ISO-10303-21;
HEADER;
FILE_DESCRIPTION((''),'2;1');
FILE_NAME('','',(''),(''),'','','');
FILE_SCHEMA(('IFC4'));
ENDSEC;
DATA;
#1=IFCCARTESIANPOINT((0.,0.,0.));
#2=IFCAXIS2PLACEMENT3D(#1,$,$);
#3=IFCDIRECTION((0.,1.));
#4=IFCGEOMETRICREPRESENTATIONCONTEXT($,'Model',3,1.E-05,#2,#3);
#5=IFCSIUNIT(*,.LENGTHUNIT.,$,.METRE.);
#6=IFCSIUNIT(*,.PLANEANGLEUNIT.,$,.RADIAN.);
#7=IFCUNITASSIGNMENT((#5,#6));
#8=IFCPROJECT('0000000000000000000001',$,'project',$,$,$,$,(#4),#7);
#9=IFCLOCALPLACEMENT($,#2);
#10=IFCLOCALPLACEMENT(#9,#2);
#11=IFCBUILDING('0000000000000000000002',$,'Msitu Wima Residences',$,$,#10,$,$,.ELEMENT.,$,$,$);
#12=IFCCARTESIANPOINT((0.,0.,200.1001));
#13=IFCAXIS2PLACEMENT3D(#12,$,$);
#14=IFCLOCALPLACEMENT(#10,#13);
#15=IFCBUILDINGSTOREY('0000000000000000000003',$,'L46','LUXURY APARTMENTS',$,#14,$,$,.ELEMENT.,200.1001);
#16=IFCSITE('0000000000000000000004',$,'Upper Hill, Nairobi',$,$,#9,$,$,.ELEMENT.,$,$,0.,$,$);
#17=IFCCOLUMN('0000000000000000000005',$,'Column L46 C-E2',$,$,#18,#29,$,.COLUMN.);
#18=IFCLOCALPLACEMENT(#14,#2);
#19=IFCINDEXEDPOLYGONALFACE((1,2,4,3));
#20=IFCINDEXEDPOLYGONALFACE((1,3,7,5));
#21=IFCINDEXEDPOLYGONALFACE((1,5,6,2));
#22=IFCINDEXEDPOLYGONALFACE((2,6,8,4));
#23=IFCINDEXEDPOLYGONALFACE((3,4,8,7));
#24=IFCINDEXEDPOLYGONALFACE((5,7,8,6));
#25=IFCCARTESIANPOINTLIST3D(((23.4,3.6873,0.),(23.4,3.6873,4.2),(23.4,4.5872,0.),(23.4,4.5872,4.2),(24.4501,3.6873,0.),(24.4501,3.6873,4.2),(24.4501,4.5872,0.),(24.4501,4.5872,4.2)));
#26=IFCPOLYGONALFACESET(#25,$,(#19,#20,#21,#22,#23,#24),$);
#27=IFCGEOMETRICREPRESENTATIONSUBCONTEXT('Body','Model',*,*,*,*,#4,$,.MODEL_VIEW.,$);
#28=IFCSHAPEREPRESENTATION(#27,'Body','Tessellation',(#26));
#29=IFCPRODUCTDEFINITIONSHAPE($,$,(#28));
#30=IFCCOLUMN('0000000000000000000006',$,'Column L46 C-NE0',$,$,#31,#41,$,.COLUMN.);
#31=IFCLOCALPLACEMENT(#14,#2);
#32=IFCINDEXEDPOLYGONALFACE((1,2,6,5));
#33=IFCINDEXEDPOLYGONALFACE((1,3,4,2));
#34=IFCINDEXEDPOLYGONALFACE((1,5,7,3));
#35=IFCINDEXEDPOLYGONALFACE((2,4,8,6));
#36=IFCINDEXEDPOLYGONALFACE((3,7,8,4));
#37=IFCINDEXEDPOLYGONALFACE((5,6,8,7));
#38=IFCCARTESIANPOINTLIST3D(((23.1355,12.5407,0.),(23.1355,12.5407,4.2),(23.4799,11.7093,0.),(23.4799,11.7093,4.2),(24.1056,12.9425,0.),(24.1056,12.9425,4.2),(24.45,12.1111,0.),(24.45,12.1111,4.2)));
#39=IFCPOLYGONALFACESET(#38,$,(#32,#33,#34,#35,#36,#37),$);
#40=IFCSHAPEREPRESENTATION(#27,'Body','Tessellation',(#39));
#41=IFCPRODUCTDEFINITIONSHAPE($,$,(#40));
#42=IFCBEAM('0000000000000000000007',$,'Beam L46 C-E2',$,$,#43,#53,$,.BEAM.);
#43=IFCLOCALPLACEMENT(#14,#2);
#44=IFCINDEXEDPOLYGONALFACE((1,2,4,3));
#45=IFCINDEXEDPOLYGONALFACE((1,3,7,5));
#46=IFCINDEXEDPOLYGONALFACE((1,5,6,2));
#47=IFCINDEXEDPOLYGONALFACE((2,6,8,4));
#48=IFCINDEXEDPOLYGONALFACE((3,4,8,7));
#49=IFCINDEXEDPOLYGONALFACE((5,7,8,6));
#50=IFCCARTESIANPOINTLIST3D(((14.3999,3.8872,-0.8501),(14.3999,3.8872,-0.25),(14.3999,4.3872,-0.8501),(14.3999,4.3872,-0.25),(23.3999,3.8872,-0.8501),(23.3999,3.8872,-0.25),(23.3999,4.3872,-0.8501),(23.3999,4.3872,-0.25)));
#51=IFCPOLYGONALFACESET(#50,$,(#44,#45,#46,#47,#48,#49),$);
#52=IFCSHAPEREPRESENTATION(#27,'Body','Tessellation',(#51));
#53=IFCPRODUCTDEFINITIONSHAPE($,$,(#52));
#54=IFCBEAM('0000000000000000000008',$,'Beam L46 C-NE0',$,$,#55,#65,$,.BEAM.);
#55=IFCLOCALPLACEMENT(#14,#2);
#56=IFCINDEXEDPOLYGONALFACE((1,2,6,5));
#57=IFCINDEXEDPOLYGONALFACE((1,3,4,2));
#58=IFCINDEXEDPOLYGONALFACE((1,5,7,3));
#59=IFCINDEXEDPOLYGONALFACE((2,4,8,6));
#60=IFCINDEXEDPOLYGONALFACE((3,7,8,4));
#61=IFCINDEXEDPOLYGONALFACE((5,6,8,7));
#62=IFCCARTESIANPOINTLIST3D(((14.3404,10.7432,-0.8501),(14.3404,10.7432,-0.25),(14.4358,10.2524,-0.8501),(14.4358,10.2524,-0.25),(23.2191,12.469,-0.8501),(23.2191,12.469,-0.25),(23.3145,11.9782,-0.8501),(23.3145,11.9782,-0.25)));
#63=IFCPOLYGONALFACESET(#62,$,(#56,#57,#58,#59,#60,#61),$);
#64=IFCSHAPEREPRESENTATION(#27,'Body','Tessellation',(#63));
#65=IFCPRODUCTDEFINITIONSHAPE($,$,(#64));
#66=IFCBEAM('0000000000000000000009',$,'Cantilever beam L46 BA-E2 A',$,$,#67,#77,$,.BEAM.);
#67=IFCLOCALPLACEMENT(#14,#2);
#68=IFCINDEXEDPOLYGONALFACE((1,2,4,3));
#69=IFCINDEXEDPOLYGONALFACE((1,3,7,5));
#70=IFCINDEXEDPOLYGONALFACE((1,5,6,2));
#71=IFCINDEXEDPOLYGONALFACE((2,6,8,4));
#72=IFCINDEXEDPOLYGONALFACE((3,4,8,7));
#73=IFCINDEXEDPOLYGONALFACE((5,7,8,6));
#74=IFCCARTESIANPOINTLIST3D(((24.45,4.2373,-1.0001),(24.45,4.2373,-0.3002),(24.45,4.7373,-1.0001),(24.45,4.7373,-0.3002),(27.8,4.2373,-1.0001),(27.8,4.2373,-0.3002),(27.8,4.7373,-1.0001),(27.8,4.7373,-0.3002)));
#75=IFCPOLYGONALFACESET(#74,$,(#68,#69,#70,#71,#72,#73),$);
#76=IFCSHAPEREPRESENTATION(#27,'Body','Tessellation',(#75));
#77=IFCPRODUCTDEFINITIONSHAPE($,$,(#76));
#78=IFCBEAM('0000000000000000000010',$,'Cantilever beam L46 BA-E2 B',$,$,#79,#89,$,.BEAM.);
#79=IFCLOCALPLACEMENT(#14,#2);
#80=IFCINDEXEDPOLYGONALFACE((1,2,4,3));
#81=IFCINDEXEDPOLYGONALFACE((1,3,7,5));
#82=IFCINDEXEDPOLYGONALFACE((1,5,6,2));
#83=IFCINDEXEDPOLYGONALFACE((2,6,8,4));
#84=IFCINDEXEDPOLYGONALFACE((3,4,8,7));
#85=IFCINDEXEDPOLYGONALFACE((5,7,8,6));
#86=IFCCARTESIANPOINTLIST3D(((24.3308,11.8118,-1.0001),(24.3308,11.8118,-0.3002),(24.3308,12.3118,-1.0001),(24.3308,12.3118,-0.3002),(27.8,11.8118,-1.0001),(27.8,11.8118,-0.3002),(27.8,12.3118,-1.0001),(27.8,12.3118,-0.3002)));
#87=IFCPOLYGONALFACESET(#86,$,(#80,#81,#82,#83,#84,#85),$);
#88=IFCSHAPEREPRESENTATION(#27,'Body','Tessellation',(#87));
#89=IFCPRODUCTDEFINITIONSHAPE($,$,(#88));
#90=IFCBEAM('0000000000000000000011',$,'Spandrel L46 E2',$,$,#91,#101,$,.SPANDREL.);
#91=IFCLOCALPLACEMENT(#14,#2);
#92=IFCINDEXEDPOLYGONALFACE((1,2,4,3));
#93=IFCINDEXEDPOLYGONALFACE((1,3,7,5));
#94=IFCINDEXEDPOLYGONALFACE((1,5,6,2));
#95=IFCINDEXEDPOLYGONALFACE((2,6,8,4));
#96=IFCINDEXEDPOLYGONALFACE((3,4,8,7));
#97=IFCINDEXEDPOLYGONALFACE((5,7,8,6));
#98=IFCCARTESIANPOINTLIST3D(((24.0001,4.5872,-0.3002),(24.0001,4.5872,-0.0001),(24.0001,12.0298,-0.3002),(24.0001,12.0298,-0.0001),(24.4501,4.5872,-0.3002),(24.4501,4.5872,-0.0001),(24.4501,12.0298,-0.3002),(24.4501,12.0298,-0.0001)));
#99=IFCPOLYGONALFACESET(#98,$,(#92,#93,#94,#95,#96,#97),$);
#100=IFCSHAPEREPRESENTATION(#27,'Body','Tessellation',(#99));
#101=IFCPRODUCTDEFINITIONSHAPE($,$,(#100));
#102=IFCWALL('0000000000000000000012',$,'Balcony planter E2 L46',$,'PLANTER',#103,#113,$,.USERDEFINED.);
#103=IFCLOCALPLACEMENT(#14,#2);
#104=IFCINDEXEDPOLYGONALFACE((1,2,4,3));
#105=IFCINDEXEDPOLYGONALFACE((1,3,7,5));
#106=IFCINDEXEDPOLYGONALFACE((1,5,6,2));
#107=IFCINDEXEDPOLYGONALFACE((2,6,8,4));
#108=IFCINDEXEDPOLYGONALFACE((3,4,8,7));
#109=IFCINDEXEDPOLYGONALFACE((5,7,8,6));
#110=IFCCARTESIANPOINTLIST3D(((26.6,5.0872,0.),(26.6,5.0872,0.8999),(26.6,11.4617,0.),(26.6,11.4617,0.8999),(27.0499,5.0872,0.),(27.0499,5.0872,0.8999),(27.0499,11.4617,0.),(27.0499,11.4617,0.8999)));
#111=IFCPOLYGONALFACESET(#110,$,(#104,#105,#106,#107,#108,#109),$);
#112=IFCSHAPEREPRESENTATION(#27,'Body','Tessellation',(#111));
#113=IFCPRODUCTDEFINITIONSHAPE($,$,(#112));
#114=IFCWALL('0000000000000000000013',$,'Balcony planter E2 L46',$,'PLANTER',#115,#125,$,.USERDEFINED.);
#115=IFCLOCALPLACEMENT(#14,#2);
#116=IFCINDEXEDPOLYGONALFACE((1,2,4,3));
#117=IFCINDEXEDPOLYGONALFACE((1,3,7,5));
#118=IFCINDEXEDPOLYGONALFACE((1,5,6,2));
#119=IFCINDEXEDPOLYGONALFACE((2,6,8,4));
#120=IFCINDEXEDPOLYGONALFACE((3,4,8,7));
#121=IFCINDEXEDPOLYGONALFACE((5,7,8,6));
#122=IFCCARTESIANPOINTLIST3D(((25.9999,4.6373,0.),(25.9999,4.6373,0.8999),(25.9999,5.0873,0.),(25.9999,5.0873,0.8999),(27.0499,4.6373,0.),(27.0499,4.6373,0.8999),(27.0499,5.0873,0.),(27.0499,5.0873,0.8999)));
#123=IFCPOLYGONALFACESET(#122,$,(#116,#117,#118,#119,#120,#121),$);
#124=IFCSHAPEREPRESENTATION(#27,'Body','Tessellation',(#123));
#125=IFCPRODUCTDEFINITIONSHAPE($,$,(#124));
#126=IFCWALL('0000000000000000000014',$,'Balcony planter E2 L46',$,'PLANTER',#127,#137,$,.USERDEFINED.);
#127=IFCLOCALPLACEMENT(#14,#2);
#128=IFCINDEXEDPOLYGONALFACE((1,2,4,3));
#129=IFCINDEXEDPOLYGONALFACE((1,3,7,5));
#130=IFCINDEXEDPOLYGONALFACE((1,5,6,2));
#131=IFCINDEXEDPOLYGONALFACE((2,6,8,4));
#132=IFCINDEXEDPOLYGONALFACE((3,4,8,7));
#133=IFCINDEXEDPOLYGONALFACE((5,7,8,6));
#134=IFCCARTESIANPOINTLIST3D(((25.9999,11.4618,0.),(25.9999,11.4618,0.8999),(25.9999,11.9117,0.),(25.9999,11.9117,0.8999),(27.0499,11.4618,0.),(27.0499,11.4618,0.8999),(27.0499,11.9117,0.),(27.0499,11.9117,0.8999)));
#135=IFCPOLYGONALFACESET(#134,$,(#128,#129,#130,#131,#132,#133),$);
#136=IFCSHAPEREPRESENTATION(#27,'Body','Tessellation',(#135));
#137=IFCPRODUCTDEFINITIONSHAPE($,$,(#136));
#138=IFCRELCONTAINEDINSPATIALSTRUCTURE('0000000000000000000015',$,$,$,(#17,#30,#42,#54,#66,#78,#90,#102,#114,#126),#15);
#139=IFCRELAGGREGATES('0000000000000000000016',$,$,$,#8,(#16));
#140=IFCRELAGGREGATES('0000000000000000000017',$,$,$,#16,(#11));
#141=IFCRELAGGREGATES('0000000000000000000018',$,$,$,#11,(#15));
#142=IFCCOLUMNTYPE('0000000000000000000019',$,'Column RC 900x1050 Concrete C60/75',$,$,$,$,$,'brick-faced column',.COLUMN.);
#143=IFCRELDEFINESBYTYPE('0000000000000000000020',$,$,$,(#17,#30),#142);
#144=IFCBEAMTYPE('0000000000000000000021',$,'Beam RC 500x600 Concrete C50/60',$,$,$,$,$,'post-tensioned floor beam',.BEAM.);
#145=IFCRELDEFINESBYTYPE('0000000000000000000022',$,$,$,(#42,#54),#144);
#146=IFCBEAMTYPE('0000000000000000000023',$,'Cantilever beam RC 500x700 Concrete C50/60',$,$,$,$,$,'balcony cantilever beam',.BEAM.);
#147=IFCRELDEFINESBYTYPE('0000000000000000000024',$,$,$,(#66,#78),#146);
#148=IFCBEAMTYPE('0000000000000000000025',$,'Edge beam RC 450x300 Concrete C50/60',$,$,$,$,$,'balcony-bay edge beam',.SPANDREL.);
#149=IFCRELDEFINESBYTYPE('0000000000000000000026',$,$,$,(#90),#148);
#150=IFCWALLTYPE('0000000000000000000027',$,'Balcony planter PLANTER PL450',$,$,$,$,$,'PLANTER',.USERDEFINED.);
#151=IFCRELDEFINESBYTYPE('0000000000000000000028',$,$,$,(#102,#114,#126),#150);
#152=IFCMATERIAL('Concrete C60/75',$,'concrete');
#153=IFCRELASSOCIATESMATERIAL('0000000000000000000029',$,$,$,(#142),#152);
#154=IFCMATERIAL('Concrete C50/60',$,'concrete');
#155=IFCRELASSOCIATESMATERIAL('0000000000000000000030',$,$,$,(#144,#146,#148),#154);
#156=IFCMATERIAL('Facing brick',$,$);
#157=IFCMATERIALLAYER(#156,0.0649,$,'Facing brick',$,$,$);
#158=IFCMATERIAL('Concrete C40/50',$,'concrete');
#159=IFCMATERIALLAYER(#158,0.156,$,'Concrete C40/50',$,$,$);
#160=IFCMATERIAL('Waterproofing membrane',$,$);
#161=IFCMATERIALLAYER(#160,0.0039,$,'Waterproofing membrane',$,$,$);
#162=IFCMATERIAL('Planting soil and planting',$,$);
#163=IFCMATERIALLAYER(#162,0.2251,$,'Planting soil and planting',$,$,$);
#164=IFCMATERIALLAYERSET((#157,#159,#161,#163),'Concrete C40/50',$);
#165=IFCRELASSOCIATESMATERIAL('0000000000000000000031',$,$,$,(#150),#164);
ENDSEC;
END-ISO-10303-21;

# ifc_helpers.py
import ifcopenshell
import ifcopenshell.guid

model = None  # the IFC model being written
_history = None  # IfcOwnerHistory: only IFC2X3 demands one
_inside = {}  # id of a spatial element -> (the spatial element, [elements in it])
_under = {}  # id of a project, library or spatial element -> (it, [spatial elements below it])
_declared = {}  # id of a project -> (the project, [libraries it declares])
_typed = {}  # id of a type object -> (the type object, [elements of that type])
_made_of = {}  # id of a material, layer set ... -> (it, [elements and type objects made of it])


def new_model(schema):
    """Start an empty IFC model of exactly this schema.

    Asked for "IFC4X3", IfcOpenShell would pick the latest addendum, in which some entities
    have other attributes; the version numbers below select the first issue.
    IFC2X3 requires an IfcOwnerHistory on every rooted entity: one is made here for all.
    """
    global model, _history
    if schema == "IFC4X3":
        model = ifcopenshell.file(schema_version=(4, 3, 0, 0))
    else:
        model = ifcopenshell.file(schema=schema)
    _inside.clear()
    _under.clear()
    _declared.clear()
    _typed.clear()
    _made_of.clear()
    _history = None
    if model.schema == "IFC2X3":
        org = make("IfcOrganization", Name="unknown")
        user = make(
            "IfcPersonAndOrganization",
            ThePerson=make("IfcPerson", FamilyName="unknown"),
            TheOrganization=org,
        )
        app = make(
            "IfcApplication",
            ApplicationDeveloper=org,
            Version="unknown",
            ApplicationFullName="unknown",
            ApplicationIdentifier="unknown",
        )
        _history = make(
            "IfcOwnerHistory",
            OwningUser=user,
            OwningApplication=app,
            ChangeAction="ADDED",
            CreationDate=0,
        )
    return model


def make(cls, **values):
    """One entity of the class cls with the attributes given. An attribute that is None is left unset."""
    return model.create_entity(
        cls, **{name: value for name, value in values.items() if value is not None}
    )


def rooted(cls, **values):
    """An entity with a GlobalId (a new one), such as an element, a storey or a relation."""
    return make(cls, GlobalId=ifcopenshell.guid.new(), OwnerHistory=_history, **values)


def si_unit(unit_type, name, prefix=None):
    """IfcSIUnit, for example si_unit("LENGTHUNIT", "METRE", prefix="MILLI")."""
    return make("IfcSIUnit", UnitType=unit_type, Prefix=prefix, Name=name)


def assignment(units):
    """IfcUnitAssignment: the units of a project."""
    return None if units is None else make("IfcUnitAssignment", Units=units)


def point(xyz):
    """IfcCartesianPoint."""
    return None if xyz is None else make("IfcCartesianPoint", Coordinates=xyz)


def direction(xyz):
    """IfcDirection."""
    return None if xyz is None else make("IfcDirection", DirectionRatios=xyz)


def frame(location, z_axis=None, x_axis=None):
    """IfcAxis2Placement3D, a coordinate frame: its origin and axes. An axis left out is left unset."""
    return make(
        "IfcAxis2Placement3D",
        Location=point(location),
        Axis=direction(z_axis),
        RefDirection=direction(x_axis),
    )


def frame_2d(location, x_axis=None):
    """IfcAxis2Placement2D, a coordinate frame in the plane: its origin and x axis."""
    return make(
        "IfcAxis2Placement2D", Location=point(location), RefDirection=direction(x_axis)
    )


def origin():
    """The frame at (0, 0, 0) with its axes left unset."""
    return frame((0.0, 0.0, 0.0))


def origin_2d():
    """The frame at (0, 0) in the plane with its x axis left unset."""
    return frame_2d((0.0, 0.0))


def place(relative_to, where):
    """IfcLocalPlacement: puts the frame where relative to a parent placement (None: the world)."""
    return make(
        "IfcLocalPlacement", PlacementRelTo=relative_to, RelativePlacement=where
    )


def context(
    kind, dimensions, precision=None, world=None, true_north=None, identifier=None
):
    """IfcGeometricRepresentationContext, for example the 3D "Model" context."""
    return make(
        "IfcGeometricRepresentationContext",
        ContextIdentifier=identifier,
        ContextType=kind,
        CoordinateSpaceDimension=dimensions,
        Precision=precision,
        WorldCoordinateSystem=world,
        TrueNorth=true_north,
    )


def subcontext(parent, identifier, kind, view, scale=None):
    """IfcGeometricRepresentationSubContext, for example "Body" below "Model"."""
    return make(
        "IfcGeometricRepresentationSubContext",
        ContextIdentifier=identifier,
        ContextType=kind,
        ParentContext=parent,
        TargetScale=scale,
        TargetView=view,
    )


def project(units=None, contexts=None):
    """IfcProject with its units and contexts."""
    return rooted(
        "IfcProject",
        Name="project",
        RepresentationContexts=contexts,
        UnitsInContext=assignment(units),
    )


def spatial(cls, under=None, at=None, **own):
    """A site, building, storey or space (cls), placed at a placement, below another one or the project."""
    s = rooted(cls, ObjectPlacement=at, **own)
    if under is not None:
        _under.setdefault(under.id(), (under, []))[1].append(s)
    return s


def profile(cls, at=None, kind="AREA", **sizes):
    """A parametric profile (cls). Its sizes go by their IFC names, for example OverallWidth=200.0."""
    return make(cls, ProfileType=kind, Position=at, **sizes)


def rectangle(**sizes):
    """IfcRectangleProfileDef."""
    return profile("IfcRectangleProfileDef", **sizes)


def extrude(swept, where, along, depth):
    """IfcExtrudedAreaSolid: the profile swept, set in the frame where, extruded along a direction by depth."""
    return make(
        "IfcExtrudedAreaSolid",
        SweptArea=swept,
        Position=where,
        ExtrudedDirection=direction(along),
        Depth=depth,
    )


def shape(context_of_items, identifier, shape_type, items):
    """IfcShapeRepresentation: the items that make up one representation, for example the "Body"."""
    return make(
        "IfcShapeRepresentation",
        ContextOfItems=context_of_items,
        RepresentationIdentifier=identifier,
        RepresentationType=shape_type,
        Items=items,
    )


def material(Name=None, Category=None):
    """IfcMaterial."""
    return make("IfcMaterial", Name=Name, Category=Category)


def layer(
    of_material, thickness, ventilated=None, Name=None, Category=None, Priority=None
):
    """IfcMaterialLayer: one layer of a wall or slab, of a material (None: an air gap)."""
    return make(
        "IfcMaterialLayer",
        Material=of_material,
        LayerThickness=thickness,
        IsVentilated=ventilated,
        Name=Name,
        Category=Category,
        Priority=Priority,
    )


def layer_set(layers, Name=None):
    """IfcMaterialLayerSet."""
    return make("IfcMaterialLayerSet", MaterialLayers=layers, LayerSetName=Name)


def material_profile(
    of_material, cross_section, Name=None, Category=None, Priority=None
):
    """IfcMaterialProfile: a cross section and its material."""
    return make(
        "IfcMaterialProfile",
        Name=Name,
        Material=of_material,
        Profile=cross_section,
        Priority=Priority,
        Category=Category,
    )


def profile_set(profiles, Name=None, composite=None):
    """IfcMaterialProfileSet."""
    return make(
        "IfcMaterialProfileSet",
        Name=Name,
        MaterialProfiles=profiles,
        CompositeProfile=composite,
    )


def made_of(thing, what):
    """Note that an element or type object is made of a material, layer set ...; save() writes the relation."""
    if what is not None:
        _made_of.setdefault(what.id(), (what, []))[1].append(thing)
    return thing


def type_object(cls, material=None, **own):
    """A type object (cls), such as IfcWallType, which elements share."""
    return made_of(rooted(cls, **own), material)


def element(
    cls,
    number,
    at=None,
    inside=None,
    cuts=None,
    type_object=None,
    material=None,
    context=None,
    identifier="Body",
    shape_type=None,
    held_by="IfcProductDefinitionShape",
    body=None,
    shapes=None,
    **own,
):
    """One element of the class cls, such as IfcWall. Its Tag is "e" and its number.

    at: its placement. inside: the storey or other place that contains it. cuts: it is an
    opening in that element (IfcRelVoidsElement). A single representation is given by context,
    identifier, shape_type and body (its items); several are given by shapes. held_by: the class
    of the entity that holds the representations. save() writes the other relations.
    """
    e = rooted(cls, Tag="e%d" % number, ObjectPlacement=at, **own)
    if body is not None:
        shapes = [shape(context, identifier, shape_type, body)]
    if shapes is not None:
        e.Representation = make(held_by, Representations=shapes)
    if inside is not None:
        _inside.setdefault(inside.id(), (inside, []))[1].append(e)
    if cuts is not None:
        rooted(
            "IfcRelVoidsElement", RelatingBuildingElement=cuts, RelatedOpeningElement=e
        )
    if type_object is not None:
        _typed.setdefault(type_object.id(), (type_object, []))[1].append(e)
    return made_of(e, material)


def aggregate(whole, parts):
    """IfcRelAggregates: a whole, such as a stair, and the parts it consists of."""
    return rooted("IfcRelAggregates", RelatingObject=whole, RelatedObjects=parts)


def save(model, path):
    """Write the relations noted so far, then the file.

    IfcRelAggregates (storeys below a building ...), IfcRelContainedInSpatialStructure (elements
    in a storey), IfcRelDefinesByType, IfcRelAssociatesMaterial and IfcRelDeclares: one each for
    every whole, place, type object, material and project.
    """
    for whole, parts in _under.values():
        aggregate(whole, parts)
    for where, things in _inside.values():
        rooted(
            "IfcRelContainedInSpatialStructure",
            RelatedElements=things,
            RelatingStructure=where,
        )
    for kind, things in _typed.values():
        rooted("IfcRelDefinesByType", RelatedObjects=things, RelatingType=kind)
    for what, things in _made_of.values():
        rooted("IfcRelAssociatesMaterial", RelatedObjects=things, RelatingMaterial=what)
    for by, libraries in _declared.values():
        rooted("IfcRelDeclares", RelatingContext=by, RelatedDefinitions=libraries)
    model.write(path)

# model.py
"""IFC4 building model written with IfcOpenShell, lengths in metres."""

from ifc_helpers import new_model, si_unit, direction, frame, frame_2d, origin, origin_2d, place, context, subcontext, project, spatial, rectangle, extrude, material, layer, layer_set, material_profile, profile_set, type_object, element, save


model = new_model("IFC4")

# Units and contexts
model_context = context("Model", 3, precision=1e-05, world=origin(), true_north=direction((0.0, 1.0)))
body_context = subcontext(model_context, "Body", "Model", "MODEL_VIEW")
ifc_project = project(units=[si_unit("LENGTHUNIT", "METRE"), si_unit("PLANEANGLEUNIT", "RADIAN")], contexts=[model_context])

# Site, building, storey
site_placement = place(None, origin())
site = spatial("IfcSite", under=ifc_project, at=site_placement, Name="Upper Hill, Nairobi", CompositionType="ELEMENT", RefElevation=0.0)
building_placement = place(site_placement, origin())
building = spatial("IfcBuilding", under=site, at=building_placement, Name="Msitu Wima Residences", CompositionType="ELEMENT")
storey_placement = place(building_placement, frame((0.0, 0.0, 200.1001)))
storey = spatial("IfcBuildingStorey", under=building, at=storey_placement, Name="L46", Description="LUXURY APARTMENTS", CompositionType="ELEMENT", Elevation=200.1001)

# Columns
ifc_material_1 = material(Name="Concrete C60/75", Category="concrete")
ifc_material_profile_1 = material_profile(ifc_material_1, rectangle(XDim=0.8999, YDim=1.05, at=origin_2d()), Name="RC 900x1050")
ifc_profile_set_1 = profile_set([ifc_material_profile_1], Name="Concrete C60/75")
column_type = type_object("IfcColumnType", Name="Column RC 900x1050 Concrete C60/75", ElementType="brick-faced column", PredefinedType="COLUMN", material=ifc_profile_set_1)
for number, where, z_axis, x_axis, name in (
    (1, (23.925, 4.1372, 0.0), (0.0, 0.0, 1.0), (0.0, 1.0, 0.0), "Column L46 C-E2"),
    (2, (23.7927, 12.3259, 0.0), (0.0, 0.0, 1.0), (-0.382683, 0.92388, 0.0), "Column L46 C-NE0"),
):
    element("IfcColumn", number, at=place(storey_placement, frame(where, z_axis=z_axis, x_axis=x_axis)), inside=storey, type_object=column_type, Name=name, PredefinedType="COLUMN", context=body_context, shape_type="SweptSolid", body=[
        extrude(rectangle(XDim=0.8999, YDim=1.05, at=origin_2d()), origin(), (0.0, 0.0, 1.0), 4.2),
    ])

# Beams
ifc_material_2 = material(Name="Concrete C50/60", Category="concrete")
ifc_material_profile_2 = material_profile(ifc_material_2, rectangle(XDim=0.5, YDim=0.6001, at=origin_2d()), Name="RC 500x600")
ifc_profile_set_2 = profile_set([ifc_material_profile_2], Name="Concrete C50/60")
beam_type_1 = type_object("IfcBeamType", Name="Beam RC 500x600 Concrete C50/60", ElementType="post-tensioned floor beam", PredefinedType="BEAM", material=ifc_profile_set_2)
beam_1_placement = place(storey_placement, frame((23.3999, 4.1372, -0.55), z_axis=(-1.0, 0.0, 0.0), x_axis=(0.0, -1.0, 0.0)))
element("IfcBeam", 3, at=beam_1_placement, inside=storey, type_object=beam_type_1, Name="Beam L46 C-E2", PredefinedType="BEAM", context=body_context, shape_type="SweptSolid", body=[
    extrude(rectangle(XDim=0.5, YDim=0.6001, at=origin_2d()), origin(), (0.0, 0.0, 1.0), 9.0),
])
beam_2_placement = place(storey_placement, frame((23.2668, 12.2236, -0.55), z_axis=(-0.981627, -0.190808, 0.0), x_axis=(0.190808, -0.981627, 0.0)))
element("IfcBeam", 4, at=beam_2_placement, inside=storey, type_object=beam_type_1, Name="Beam L46 C-NE0", PredefinedType="BEAM", context=body_context, shape_type="SweptSolid", body=[
    extrude(rectangle(XDim=0.5, YDim=0.6001, at=origin_2d()), origin(), (0.0, 0.0, 1.0), 9.0449),
])
ifc_material_profile_3 = material_profile(ifc_material_2, rectangle(XDim=0.5, YDim=0.7, at=origin_2d()), Name="RC 500x700")
ifc_profile_set_3 = profile_set([ifc_material_profile_3], Name="Concrete C50/60")
beam_type_2 = type_object("IfcBeamType", Name="Cantilever beam RC 500x700 Concrete C50/60", ElementType="balcony cantilever beam", PredefinedType="BEAM", material=ifc_profile_set_3)
beam_3_placement = place(storey_placement, frame((24.45, 4.4873, -0.6501), z_axis=(1.0, 0.0, 0.0), x_axis=(0.0, 1.0, 0.0)))
element("IfcBeam", 5, at=beam_3_placement, inside=storey, type_object=beam_type_2, Name="Cantilever beam L46 BA-E2 A", PredefinedType="BEAM", context=body_context, shape_type="SweptSolid", body=[
    extrude(rectangle(XDim=0.5, YDim=0.7, at=origin_2d()), origin(), (0.0, 0.0, 1.0), 3.3501),
])
beam_4_placement = place(storey_placement, frame((24.3308, 12.0618, -0.6501), z_axis=(1.0, 0.0, 0.0), x_axis=(0.0, 1.0, 0.0)))
element("IfcBeam", 6, at=beam_4_placement, inside=storey, type_object=beam_type_2, Name="Cantilever beam L46 BA-E2 B", PredefinedType="BEAM", context=body_context, shape_type="SweptSolid", body=[
    extrude(rectangle(XDim=0.5, YDim=0.7, at=origin_2d()), origin(), (0.0, 0.0, 1.0), 3.4692),
])
ifc_material_profile_4 = material_profile(ifc_material_2, rectangle(XDim=0.45, YDim=0.3, at=origin_2d()), Name="RC 450x300")
ifc_profile_set_4 = profile_set([ifc_material_profile_4], Name="Concrete C50/60")
beam_type_3 = type_object("IfcBeamType", Name="Edge beam RC 450x300 Concrete C50/60", ElementType="balcony-bay edge beam", PredefinedType="SPANDREL", material=ifc_profile_set_4)
beam_5_placement = place(storey_placement, frame((24.2251, 4.5872, -0.1501), z_axis=(0.0, 1.0, 0.0), x_axis=(-1.0, 0.0, 0.0)))
element("IfcBeam", 7, at=beam_5_placement, inside=storey, type_object=beam_type_3, Name="Spandrel L46 E2", PredefinedType="SPANDREL", context=body_context, shape_type="SweptSolid", body=[
    extrude(rectangle(XDim=0.45, YDim=0.3, at=origin_2d()), origin(), (0.0, 0.0, 1.0), 7.4426),
])

# Walls
ifc_material_3 = material(Name="Facing brick")
ifc_layer_1 = layer(ifc_material_3, 0.0649, Name="Facing brick")
ifc_material_4 = material(Name="Concrete C40/50", Category="concrete")
ifc_layer_2 = layer(ifc_material_4, 0.156, Name="Concrete C40/50")
ifc_material_5 = material(Name="Waterproofing membrane")
ifc_layer_3 = layer(ifc_material_5, 0.0039, Name="Waterproofing membrane")
ifc_material_6 = material(Name="Planting soil and planting")
ifc_layer_4 = layer(ifc_material_6, 0.2251, Name="Planting soil and planting")
ifc_layer_set_1 = layer_set([ifc_layer_1, ifc_layer_2, ifc_layer_3, ifc_layer_4], Name="Concrete C40/50")
wall_type_1 = type_object("IfcWallType", Name="Balcony planter PLANTER PL450", ElementType="PLANTER", PredefinedType="USERDEFINED", material=ifc_layer_set_1)
wall_1_placement = place(storey_placement, frame((26.825, 5.0872, 0.0), z_axis=(0.0, 0.0, 1.0), x_axis=(0.0, 1.0, 0.0)))
element("IfcWall", 8, at=wall_1_placement, inside=storey, type_object=wall_type_1, Name="Balcony planter E2 L46", ObjectType="PLANTER", PredefinedType="USERDEFINED", context=body_context, shape_type="SweptSolid", body=[
    extrude(rectangle(XDim=6.3745, YDim=0.45, at=frame_2d((3.1873, 0.0))), origin(), (0.0, 0.0, 1.0), 0.8999),
])
for number, where, z_axis, x_axis, name in (
    (9, (26.0, 4.8623, 0.0), (0.0, 0.0, 1.0), (1.0, 0.0, 0.0), "Balcony planter E2 L46"),
    (10, (26.0, 11.6868, 0.0), (0.0, 0.0, 1.0), (1.0, 0.0, 0.0), "Balcony planter E2 L46"),
):
    element("IfcWall", number, at=place(storey_placement, frame(where, z_axis=z_axis, x_axis=x_axis)), inside=storey, type_object=wall_type_1, Name=name, ObjectType="PLANTER", PredefinedType="USERDEFINED", context=body_context, shape_type="SweptSolid", body=[
        extrude(rectangle(XDim=1.05, YDim=0.45, at=frame_2d((0.5249, 0.0))), origin(), (0.0, 0.0, 1.0), 0.8999),
    ])

save(model, "model.ifc")
